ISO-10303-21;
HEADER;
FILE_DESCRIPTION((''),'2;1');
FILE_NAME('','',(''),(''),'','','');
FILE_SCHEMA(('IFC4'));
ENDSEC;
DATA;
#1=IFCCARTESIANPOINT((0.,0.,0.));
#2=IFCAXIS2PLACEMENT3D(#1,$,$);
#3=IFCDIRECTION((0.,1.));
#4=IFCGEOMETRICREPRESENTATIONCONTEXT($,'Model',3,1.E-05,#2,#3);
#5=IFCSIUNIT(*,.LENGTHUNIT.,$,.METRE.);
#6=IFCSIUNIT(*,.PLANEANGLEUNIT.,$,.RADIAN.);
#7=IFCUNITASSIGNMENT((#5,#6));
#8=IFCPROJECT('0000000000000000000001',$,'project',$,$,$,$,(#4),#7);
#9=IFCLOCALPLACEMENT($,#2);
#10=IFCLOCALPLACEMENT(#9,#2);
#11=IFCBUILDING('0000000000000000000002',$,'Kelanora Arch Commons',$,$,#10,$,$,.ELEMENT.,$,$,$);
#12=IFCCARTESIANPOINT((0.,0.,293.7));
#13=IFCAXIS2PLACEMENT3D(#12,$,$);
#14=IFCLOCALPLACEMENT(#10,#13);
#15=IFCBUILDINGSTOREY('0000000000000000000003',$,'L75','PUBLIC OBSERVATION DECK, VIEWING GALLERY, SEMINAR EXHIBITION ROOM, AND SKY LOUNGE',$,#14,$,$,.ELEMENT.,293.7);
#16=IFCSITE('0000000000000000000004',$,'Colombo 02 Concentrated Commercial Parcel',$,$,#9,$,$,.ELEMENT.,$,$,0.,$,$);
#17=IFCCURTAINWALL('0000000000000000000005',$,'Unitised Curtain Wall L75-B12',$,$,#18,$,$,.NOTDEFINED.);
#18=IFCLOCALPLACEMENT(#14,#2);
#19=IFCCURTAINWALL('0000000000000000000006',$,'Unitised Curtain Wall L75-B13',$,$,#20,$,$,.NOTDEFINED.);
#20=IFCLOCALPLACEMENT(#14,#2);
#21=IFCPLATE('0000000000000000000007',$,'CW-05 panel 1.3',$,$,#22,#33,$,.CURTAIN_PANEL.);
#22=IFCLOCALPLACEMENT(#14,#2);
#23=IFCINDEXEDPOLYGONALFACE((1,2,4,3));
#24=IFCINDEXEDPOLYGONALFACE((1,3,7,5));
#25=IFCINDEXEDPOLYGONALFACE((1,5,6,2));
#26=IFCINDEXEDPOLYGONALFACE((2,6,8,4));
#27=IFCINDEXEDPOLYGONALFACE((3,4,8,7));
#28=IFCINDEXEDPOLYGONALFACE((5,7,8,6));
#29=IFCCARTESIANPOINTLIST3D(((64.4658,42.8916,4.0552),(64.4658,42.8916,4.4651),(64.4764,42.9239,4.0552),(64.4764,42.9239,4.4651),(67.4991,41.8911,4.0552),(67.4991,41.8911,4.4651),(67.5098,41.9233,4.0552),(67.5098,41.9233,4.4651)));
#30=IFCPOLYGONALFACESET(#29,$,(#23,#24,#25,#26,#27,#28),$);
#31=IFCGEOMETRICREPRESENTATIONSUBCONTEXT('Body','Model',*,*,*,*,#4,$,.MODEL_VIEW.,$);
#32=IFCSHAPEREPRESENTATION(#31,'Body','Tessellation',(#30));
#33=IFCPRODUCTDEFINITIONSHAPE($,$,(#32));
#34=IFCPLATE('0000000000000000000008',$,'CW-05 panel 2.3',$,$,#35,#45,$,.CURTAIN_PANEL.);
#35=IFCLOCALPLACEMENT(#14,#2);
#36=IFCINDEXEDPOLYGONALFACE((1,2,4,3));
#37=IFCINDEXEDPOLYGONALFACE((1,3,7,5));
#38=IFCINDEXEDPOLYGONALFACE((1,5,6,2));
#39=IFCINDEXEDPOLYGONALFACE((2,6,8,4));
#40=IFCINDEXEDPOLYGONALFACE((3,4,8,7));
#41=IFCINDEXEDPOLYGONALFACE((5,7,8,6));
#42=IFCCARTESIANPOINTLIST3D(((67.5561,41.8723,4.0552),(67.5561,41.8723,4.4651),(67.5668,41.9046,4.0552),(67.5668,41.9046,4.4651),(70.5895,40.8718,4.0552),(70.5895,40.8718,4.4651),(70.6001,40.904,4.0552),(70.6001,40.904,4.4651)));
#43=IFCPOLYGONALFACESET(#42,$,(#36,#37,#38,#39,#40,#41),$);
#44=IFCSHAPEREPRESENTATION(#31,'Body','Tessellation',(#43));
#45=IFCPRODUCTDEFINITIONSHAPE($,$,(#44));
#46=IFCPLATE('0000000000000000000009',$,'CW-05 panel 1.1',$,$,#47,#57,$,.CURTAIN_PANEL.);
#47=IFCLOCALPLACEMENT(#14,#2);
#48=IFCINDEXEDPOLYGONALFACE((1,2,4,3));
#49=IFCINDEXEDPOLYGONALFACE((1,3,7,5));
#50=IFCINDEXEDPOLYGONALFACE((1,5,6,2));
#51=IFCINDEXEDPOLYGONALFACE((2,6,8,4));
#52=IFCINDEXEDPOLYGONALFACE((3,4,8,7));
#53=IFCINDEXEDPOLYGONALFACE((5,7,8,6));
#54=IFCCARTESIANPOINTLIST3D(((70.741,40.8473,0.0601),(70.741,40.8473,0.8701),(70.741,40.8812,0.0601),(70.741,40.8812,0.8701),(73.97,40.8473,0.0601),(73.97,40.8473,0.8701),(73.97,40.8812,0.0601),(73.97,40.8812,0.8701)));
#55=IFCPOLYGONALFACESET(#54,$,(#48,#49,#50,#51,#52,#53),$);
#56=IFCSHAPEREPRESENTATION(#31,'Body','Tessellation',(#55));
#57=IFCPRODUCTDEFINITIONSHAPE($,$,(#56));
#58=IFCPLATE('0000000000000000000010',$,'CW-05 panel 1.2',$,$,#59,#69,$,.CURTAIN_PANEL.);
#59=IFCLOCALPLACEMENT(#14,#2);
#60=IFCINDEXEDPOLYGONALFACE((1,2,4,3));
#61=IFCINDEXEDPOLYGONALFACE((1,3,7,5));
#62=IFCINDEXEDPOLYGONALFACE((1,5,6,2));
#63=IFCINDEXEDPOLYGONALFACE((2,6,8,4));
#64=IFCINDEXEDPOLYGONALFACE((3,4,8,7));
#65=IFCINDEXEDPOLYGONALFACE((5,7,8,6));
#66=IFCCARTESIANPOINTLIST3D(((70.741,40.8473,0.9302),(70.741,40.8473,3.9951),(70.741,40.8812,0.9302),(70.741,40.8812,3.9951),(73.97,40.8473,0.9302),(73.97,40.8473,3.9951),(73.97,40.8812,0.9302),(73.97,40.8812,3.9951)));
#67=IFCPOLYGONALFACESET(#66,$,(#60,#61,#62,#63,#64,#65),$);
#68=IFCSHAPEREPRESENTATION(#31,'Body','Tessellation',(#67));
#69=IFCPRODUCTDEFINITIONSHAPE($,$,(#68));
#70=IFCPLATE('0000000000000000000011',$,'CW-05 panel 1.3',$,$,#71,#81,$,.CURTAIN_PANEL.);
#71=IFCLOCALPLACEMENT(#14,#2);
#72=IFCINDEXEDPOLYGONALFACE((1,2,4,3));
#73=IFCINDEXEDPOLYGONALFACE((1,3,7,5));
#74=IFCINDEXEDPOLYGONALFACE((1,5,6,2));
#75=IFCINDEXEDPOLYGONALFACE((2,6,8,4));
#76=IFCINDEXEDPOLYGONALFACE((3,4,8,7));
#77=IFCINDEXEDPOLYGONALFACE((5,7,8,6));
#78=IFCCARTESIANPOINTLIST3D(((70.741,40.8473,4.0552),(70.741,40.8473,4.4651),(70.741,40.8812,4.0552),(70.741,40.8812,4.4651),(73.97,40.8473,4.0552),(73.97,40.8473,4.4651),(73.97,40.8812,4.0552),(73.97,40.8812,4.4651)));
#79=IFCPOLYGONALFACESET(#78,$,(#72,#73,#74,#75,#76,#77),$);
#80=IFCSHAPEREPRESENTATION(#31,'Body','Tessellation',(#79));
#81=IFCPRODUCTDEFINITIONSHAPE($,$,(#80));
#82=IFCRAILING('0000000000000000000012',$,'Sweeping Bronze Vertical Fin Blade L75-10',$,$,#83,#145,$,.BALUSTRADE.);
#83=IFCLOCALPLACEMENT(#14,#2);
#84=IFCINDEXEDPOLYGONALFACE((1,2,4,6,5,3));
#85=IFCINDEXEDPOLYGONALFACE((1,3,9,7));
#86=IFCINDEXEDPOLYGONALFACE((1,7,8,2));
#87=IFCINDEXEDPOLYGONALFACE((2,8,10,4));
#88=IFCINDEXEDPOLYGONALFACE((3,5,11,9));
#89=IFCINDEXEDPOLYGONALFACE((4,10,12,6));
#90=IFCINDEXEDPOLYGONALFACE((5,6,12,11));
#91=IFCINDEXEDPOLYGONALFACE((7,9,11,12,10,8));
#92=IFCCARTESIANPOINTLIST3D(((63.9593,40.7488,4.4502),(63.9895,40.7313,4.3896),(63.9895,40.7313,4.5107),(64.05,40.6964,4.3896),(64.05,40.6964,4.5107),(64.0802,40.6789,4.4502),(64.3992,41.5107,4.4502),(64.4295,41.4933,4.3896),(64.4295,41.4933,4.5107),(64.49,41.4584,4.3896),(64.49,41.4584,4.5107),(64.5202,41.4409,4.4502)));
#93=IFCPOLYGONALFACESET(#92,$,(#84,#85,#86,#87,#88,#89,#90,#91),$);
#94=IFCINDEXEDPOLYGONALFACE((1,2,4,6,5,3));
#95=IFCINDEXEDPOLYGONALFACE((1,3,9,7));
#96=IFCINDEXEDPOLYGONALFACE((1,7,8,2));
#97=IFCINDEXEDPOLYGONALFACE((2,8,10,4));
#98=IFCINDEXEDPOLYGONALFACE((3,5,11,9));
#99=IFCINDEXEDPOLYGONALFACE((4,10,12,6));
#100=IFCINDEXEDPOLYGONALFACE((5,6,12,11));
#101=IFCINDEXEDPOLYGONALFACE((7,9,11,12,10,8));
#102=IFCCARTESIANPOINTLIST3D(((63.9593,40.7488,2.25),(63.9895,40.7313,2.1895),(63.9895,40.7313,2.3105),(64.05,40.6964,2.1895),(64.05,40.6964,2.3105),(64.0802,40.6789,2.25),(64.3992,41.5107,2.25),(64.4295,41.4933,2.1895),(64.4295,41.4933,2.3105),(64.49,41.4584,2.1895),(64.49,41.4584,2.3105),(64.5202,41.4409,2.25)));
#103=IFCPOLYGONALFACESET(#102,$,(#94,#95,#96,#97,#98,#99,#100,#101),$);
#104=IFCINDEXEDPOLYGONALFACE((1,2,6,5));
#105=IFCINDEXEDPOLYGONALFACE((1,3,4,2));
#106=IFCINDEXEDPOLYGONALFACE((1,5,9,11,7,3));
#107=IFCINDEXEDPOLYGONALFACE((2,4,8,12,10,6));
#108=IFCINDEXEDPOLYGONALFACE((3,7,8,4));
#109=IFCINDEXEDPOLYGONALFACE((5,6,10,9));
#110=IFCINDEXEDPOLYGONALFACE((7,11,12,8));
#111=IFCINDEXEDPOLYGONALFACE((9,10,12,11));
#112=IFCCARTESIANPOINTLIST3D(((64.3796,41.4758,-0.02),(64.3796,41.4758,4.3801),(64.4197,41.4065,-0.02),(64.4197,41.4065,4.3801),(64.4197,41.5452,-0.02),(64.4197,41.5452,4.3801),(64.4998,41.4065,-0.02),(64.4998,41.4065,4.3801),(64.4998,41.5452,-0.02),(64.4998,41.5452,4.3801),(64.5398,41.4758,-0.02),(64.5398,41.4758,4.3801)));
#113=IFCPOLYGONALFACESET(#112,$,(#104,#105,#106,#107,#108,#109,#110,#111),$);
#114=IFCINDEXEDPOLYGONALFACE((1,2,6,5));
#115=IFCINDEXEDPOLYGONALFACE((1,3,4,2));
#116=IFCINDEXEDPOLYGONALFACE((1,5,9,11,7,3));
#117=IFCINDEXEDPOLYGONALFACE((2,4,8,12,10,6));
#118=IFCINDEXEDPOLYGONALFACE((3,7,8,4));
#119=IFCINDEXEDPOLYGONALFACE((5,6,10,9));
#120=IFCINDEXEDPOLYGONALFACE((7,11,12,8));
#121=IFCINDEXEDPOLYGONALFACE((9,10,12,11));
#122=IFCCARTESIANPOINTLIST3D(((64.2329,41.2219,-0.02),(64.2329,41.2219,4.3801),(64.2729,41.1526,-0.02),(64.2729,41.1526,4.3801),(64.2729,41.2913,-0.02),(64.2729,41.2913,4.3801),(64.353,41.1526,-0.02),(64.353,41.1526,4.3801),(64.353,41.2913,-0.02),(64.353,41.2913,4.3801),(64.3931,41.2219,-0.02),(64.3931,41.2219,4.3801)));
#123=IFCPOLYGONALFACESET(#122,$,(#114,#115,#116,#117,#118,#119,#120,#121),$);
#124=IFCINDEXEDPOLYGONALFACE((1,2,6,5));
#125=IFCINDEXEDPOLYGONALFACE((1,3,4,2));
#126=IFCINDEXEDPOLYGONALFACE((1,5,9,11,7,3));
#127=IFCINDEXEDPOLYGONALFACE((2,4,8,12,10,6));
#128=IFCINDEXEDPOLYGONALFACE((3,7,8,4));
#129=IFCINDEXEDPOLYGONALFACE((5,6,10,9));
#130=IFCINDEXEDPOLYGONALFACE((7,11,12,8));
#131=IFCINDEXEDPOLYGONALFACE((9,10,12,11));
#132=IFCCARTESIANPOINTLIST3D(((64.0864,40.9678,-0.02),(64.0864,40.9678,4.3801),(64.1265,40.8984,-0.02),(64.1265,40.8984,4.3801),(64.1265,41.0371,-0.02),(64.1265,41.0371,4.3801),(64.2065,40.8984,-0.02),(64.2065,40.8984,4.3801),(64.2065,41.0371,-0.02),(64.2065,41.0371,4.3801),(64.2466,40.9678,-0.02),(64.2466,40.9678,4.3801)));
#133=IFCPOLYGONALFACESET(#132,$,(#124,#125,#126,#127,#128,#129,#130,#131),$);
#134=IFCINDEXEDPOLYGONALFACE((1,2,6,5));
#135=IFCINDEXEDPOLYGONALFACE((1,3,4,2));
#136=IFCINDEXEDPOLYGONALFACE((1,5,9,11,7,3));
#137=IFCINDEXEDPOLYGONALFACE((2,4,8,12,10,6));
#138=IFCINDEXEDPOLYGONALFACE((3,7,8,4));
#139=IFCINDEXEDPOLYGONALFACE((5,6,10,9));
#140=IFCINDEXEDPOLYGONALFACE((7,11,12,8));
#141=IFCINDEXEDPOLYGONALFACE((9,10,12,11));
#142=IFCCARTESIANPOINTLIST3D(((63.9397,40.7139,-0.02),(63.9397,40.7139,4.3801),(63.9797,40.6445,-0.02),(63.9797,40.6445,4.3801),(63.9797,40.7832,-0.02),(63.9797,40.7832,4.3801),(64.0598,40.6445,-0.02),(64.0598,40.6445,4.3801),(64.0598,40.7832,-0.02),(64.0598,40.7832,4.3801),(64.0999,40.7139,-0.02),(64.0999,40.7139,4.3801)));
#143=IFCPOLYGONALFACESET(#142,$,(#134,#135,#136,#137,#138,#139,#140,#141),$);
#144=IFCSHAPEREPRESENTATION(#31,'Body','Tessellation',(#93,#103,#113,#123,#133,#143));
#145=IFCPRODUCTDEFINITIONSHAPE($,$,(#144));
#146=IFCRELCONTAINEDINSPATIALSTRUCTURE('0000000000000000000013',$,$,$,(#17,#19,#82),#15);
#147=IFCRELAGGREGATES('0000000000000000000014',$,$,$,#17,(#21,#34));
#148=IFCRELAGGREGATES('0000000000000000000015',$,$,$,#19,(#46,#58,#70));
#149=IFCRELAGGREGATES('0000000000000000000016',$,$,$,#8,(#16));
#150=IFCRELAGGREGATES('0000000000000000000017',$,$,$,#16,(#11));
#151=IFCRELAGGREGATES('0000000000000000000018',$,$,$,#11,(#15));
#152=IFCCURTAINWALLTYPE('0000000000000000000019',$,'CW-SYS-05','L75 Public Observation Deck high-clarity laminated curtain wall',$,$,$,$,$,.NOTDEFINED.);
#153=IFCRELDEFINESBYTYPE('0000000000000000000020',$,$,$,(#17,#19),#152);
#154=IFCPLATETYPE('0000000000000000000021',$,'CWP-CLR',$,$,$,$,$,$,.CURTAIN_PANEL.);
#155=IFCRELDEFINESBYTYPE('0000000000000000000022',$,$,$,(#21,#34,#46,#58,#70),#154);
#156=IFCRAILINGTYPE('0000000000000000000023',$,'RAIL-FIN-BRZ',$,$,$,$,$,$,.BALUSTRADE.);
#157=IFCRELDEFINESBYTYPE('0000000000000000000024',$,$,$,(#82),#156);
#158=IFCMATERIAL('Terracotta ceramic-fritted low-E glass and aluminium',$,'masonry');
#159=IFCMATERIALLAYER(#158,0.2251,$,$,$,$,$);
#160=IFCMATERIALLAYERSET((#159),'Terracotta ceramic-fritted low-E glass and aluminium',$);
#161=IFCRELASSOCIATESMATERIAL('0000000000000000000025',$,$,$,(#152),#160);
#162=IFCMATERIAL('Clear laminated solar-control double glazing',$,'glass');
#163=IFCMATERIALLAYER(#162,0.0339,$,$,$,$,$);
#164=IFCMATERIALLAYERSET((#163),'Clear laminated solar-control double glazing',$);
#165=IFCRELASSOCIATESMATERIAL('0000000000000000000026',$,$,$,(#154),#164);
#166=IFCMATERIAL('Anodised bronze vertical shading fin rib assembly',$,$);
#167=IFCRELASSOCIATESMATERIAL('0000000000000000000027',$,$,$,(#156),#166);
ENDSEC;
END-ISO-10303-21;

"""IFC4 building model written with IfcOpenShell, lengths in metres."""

from ifc_helpers import new_model, si_unit, direction, frame, origin, origin_2d, place, context, subcontext, project, spatial, polyline, rectangle, outline, extrude, source, transform, mapped, material, layer, layer_set, type_object, element, aggregate, save


model = new_model("IFC4")

# Units and contexts
model_context = context("Model", 3, precision=1e-05, world=origin(), true_north=direction((0.0, 1.0)))
body_context = subcontext(model_context, "Body", "Model", "MODEL_VIEW")
ifc_project = project(units=[si_unit("LENGTHUNIT", "METRE"), si_unit("PLANEANGLEUNIT", "RADIAN")], contexts=[model_context])

# Site, building, storey
site_placement = place(None, origin())
site = spatial("IfcSite", under=ifc_project, at=site_placement, Name="Colombo 02 Concentrated Commercial Parcel", CompositionType="ELEMENT", RefElevation=0.0)
building_placement = place(site_placement, origin())
building = spatial("IfcBuilding", under=site, at=building_placement, Name="Kelanora Arch Commons", CompositionType="ELEMENT")
storey_placement = place(building_placement, frame((0.0, 0.0, 293.7)))
storey = spatial("IfcBuildingStorey", under=building, at=storey_placement, Name="L75", Description="PUBLIC OBSERVATION DECK, VIEWING GALLERY, SEMINAR EXHIBITION ROOM, AND SKY LOUNGE", CompositionType="ELEMENT", Elevation=293.7)

# Curtain wall
ifc_material_1 = material(Name="Terracotta ceramic-fritted low-E glass and aluminium", Category="masonry")
ifc_layer_1 = layer(ifc_material_1, 0.2251)
ifc_layer_set_1 = layer_set([ifc_layer_1], Name="Terracotta ceramic-fritted low-E glass and aluminium")
curtain_wall_type = type_object("IfcCurtainWallType", Name="CW-SYS-05", Description="L75 Public Observation Deck high-clarity laminated curtain wall", PredefinedType="NOTDEFINED", material=ifc_layer_set_1)
curtain_wall_1_placement = place(storey_placement, origin())
curtain_wall_1 = element("IfcCurtainWall", 1, at=curtain_wall_1_placement, inside=storey, type_object=curtain_wall_type, Name="Unitised Curtain Wall L75-B12", PredefinedType="NOTDEFINED")

# Curtain wall
curtain_wall_2_placement = place(storey_placement, origin())
curtain_wall_2 = element("IfcCurtainWall", 2, at=curtain_wall_2_placement, inside=storey, type_object=curtain_wall_type, Name="Unitised Curtain Wall L75-B13", PredefinedType="NOTDEFINED")

# Plates
ifc_material_2 = material(Name="Clear laminated solar-control double glazing", Category="glass")
ifc_layer_2 = layer(ifc_material_2, 0.0339)
ifc_layer_set_2 = layer_set([ifc_layer_2], Name="Clear laminated solar-control double glazing")
plate_type = type_object("IfcPlateType", Name="CWP-CLR", PredefinedType="CURTAIN_PANEL", material=ifc_layer_set_2)
shared_shape_1 = source(origin(), body_context, "Body", "SweptSolid", [
    extrude(rectangle(XDim=3.1941, YDim=0.0339, at=origin_2d()), origin(), (0.0, 0.0, 1.0), 0.4099),
])
plate_1_placement = place(storey_placement, frame((65.9878, 42.4075, 4.0552), z_axis=(0.0, 0.0, 1.0), x_axis=(0.94967, -0.313253, 0.0)))
plate_1 = element("IfcPlate", 3, at=plate_1_placement, type_object=plate_type, Name="CW-05 panel 1.3", PredefinedType="CURTAIN_PANEL", context=body_context, shape_type="MappedRepresentation", body=[
    mapped(shared_shape_1, transform((0.0, 0.0, 0.0), scale=1.0)),
])
plate_2_placement = place(storey_placement, frame((69.0781, 41.3882, 4.0552), z_axis=(0.0, 0.0, 1.0), x_axis=(0.94967, -0.313253, 0.0)))
plate_2 = element("IfcPlate", 4, at=plate_2_placement, type_object=plate_type, Name="CW-05 panel 2.3", PredefinedType="CURTAIN_PANEL", context=body_context, shape_type="MappedRepresentation", body=[
    mapped(shared_shape_1, transform((0.0, 0.0, 0.0), scale=1.0)),
])
aggregate(curtain_wall_1, [plate_1, plate_2])
shared_shape_2 = source(origin(), body_context, "Body", "SweptSolid", [
    extrude(rectangle(XDim=3.229, YDim=0.0339, at=origin_2d()), origin(), (0.0, 0.0, 1.0), 0.8101),
])
plate_3_placement = place(storey_placement, frame((72.3555, 40.8643, 0.0601), z_axis=(0.0, 0.0, 1.0), x_axis=(1.0, 0.0, 0.0)))
plate_3 = element("IfcPlate", 5, at=plate_3_placement, type_object=plate_type, Name="CW-05 panel 1.1", PredefinedType="CURTAIN_PANEL", context=body_context, shape_type="MappedRepresentation", body=[
    mapped(shared_shape_2, transform((0.0, 0.0, 0.0), scale=1.0)),
])
shared_shape_3 = source(origin(), body_context, "Body", "SweptSolid", [
    extrude(rectangle(XDim=3.229, YDim=0.0339, at=origin_2d()), origin(), (0.0, 0.0, 1.0), 3.0649),
])
plate_4_placement = place(storey_placement, frame((72.3555, 40.8643, 0.9302), z_axis=(0.0, 0.0, 1.0), x_axis=(1.0, 0.0, 0.0)))
plate_4 = element("IfcPlate", 6, at=plate_4_placement, type_object=plate_type, Name="CW-05 panel 1.2", PredefinedType="CURTAIN_PANEL", context=body_context, shape_type="MappedRepresentation", body=[
    mapped(shared_shape_3, transform((0.0, 0.0, 0.0), scale=1.0)),
])
shared_shape_4 = source(origin(), body_context, "Body", "SweptSolid", [
    extrude(rectangle(XDim=3.229, YDim=0.0339, at=origin_2d()), origin(), (0.0, 0.0, 1.0), 0.4099),
])
plate_5_placement = place(storey_placement, frame((72.3555, 40.8643, 4.0552), z_axis=(0.0, 0.0, 1.0), x_axis=(1.0, 0.0, 0.0)))
plate_5 = element("IfcPlate", 7, at=plate_5_placement, type_object=plate_type, Name="CW-05 panel 1.3", PredefinedType="CURTAIN_PANEL", context=body_context, shape_type="MappedRepresentation", body=[
    mapped(shared_shape_4, transform((0.0, 0.0, 0.0), scale=1.0)),
])
aggregate(curtain_wall_2, [plate_3, plate_4, plate_5])

# Railing
ifc_material_3 = material(Name="Anodised bronze vertical shading fin rib assembly")
railing_type = type_object("IfcRailingType", Name="RAIL-FIN-BRZ", PredefinedType="BALUSTRADE", material=ifc_material_3)
railing_1_placement = place(storey_placement, frame((64.4597, 41.4758, -0.02)))
element("IfcRailing", 8, at=railing_1_placement, inside=storey, type_object=railing_type, Name="Sweeping Bronze Vertical Fin Blade L75-10", PredefinedType="BALUSTRADE", context=body_context, shape_type="SweptSolid", body=[
    extrude(outline(polyline([(0.0698, 0.0), (0.0349, 0.0605), (-0.0349, 0.0605), (-0.0698, 0.0), (-0.0349, -0.0605), (0.0349, -0.0605), (0.0698, 0.0)])), frame((0.0, 0.0, 4.4702), z_axis=(-0.500019, -0.866015, 0.0), x_axis=(0.866015, -0.500019, 0.0)), (0.0, 0.0, 1.0), 0.8799),
    extrude(outline(polyline([(0.0698, 0.0), (0.0349, 0.0605), (-0.0349, 0.0605), (-0.0698, 0.0), (-0.0349, -0.0605), (0.0349, -0.0605), (0.0698, 0.0)])), frame((0.0, 0.0, 2.27), z_axis=(-0.500019, -0.866015, 0.0), x_axis=(0.866015, -0.500019, 0.0)), (0.0, 0.0, 1.0), 0.8799),
    extrude(outline(polyline([(0.0801, 0.0), (0.04, 0.0693), (-0.04, 0.0693), (-0.0801, 0.0), (-0.04, -0.0693), (0.04, -0.0693), (0.0801, 0.0)])), origin(), (0.0, 0.0, 1.0), 4.4001),
    extrude(outline(polyline([(0.0801, 0.0), (0.04, 0.0693), (-0.04, 0.0693), (-0.0801, 0.0), (-0.04, -0.0693), (0.04, -0.0693), (0.0801, 0.0)])), frame((-0.1467, -0.2539, 0.0)), (0.0, 0.0, 1.0), 4.4001),
    extrude(outline(polyline([(0.0801, 0.0), (0.04, 0.0693), (-0.04, 0.0693), (-0.0801, 0.0), (-0.04, -0.0693), (0.04, -0.0693), (0.0801, 0.0)])), frame((-0.2932, -0.5081, 0.0)), (0.0, 0.0, 1.0), 4.4001),
    extrude(outline(polyline([(0.0801, 0.0), (0.04, 0.0693), (-0.04, 0.0693), (-0.0801, 0.0), (-0.04, -0.0693), (0.04, -0.0693), (0.0801, 0.0)])), frame((-0.4399, -0.762, 0.0)), (0.0, 0.0, 1.0), 4.4001),
])

save(model, "model.ifc")
